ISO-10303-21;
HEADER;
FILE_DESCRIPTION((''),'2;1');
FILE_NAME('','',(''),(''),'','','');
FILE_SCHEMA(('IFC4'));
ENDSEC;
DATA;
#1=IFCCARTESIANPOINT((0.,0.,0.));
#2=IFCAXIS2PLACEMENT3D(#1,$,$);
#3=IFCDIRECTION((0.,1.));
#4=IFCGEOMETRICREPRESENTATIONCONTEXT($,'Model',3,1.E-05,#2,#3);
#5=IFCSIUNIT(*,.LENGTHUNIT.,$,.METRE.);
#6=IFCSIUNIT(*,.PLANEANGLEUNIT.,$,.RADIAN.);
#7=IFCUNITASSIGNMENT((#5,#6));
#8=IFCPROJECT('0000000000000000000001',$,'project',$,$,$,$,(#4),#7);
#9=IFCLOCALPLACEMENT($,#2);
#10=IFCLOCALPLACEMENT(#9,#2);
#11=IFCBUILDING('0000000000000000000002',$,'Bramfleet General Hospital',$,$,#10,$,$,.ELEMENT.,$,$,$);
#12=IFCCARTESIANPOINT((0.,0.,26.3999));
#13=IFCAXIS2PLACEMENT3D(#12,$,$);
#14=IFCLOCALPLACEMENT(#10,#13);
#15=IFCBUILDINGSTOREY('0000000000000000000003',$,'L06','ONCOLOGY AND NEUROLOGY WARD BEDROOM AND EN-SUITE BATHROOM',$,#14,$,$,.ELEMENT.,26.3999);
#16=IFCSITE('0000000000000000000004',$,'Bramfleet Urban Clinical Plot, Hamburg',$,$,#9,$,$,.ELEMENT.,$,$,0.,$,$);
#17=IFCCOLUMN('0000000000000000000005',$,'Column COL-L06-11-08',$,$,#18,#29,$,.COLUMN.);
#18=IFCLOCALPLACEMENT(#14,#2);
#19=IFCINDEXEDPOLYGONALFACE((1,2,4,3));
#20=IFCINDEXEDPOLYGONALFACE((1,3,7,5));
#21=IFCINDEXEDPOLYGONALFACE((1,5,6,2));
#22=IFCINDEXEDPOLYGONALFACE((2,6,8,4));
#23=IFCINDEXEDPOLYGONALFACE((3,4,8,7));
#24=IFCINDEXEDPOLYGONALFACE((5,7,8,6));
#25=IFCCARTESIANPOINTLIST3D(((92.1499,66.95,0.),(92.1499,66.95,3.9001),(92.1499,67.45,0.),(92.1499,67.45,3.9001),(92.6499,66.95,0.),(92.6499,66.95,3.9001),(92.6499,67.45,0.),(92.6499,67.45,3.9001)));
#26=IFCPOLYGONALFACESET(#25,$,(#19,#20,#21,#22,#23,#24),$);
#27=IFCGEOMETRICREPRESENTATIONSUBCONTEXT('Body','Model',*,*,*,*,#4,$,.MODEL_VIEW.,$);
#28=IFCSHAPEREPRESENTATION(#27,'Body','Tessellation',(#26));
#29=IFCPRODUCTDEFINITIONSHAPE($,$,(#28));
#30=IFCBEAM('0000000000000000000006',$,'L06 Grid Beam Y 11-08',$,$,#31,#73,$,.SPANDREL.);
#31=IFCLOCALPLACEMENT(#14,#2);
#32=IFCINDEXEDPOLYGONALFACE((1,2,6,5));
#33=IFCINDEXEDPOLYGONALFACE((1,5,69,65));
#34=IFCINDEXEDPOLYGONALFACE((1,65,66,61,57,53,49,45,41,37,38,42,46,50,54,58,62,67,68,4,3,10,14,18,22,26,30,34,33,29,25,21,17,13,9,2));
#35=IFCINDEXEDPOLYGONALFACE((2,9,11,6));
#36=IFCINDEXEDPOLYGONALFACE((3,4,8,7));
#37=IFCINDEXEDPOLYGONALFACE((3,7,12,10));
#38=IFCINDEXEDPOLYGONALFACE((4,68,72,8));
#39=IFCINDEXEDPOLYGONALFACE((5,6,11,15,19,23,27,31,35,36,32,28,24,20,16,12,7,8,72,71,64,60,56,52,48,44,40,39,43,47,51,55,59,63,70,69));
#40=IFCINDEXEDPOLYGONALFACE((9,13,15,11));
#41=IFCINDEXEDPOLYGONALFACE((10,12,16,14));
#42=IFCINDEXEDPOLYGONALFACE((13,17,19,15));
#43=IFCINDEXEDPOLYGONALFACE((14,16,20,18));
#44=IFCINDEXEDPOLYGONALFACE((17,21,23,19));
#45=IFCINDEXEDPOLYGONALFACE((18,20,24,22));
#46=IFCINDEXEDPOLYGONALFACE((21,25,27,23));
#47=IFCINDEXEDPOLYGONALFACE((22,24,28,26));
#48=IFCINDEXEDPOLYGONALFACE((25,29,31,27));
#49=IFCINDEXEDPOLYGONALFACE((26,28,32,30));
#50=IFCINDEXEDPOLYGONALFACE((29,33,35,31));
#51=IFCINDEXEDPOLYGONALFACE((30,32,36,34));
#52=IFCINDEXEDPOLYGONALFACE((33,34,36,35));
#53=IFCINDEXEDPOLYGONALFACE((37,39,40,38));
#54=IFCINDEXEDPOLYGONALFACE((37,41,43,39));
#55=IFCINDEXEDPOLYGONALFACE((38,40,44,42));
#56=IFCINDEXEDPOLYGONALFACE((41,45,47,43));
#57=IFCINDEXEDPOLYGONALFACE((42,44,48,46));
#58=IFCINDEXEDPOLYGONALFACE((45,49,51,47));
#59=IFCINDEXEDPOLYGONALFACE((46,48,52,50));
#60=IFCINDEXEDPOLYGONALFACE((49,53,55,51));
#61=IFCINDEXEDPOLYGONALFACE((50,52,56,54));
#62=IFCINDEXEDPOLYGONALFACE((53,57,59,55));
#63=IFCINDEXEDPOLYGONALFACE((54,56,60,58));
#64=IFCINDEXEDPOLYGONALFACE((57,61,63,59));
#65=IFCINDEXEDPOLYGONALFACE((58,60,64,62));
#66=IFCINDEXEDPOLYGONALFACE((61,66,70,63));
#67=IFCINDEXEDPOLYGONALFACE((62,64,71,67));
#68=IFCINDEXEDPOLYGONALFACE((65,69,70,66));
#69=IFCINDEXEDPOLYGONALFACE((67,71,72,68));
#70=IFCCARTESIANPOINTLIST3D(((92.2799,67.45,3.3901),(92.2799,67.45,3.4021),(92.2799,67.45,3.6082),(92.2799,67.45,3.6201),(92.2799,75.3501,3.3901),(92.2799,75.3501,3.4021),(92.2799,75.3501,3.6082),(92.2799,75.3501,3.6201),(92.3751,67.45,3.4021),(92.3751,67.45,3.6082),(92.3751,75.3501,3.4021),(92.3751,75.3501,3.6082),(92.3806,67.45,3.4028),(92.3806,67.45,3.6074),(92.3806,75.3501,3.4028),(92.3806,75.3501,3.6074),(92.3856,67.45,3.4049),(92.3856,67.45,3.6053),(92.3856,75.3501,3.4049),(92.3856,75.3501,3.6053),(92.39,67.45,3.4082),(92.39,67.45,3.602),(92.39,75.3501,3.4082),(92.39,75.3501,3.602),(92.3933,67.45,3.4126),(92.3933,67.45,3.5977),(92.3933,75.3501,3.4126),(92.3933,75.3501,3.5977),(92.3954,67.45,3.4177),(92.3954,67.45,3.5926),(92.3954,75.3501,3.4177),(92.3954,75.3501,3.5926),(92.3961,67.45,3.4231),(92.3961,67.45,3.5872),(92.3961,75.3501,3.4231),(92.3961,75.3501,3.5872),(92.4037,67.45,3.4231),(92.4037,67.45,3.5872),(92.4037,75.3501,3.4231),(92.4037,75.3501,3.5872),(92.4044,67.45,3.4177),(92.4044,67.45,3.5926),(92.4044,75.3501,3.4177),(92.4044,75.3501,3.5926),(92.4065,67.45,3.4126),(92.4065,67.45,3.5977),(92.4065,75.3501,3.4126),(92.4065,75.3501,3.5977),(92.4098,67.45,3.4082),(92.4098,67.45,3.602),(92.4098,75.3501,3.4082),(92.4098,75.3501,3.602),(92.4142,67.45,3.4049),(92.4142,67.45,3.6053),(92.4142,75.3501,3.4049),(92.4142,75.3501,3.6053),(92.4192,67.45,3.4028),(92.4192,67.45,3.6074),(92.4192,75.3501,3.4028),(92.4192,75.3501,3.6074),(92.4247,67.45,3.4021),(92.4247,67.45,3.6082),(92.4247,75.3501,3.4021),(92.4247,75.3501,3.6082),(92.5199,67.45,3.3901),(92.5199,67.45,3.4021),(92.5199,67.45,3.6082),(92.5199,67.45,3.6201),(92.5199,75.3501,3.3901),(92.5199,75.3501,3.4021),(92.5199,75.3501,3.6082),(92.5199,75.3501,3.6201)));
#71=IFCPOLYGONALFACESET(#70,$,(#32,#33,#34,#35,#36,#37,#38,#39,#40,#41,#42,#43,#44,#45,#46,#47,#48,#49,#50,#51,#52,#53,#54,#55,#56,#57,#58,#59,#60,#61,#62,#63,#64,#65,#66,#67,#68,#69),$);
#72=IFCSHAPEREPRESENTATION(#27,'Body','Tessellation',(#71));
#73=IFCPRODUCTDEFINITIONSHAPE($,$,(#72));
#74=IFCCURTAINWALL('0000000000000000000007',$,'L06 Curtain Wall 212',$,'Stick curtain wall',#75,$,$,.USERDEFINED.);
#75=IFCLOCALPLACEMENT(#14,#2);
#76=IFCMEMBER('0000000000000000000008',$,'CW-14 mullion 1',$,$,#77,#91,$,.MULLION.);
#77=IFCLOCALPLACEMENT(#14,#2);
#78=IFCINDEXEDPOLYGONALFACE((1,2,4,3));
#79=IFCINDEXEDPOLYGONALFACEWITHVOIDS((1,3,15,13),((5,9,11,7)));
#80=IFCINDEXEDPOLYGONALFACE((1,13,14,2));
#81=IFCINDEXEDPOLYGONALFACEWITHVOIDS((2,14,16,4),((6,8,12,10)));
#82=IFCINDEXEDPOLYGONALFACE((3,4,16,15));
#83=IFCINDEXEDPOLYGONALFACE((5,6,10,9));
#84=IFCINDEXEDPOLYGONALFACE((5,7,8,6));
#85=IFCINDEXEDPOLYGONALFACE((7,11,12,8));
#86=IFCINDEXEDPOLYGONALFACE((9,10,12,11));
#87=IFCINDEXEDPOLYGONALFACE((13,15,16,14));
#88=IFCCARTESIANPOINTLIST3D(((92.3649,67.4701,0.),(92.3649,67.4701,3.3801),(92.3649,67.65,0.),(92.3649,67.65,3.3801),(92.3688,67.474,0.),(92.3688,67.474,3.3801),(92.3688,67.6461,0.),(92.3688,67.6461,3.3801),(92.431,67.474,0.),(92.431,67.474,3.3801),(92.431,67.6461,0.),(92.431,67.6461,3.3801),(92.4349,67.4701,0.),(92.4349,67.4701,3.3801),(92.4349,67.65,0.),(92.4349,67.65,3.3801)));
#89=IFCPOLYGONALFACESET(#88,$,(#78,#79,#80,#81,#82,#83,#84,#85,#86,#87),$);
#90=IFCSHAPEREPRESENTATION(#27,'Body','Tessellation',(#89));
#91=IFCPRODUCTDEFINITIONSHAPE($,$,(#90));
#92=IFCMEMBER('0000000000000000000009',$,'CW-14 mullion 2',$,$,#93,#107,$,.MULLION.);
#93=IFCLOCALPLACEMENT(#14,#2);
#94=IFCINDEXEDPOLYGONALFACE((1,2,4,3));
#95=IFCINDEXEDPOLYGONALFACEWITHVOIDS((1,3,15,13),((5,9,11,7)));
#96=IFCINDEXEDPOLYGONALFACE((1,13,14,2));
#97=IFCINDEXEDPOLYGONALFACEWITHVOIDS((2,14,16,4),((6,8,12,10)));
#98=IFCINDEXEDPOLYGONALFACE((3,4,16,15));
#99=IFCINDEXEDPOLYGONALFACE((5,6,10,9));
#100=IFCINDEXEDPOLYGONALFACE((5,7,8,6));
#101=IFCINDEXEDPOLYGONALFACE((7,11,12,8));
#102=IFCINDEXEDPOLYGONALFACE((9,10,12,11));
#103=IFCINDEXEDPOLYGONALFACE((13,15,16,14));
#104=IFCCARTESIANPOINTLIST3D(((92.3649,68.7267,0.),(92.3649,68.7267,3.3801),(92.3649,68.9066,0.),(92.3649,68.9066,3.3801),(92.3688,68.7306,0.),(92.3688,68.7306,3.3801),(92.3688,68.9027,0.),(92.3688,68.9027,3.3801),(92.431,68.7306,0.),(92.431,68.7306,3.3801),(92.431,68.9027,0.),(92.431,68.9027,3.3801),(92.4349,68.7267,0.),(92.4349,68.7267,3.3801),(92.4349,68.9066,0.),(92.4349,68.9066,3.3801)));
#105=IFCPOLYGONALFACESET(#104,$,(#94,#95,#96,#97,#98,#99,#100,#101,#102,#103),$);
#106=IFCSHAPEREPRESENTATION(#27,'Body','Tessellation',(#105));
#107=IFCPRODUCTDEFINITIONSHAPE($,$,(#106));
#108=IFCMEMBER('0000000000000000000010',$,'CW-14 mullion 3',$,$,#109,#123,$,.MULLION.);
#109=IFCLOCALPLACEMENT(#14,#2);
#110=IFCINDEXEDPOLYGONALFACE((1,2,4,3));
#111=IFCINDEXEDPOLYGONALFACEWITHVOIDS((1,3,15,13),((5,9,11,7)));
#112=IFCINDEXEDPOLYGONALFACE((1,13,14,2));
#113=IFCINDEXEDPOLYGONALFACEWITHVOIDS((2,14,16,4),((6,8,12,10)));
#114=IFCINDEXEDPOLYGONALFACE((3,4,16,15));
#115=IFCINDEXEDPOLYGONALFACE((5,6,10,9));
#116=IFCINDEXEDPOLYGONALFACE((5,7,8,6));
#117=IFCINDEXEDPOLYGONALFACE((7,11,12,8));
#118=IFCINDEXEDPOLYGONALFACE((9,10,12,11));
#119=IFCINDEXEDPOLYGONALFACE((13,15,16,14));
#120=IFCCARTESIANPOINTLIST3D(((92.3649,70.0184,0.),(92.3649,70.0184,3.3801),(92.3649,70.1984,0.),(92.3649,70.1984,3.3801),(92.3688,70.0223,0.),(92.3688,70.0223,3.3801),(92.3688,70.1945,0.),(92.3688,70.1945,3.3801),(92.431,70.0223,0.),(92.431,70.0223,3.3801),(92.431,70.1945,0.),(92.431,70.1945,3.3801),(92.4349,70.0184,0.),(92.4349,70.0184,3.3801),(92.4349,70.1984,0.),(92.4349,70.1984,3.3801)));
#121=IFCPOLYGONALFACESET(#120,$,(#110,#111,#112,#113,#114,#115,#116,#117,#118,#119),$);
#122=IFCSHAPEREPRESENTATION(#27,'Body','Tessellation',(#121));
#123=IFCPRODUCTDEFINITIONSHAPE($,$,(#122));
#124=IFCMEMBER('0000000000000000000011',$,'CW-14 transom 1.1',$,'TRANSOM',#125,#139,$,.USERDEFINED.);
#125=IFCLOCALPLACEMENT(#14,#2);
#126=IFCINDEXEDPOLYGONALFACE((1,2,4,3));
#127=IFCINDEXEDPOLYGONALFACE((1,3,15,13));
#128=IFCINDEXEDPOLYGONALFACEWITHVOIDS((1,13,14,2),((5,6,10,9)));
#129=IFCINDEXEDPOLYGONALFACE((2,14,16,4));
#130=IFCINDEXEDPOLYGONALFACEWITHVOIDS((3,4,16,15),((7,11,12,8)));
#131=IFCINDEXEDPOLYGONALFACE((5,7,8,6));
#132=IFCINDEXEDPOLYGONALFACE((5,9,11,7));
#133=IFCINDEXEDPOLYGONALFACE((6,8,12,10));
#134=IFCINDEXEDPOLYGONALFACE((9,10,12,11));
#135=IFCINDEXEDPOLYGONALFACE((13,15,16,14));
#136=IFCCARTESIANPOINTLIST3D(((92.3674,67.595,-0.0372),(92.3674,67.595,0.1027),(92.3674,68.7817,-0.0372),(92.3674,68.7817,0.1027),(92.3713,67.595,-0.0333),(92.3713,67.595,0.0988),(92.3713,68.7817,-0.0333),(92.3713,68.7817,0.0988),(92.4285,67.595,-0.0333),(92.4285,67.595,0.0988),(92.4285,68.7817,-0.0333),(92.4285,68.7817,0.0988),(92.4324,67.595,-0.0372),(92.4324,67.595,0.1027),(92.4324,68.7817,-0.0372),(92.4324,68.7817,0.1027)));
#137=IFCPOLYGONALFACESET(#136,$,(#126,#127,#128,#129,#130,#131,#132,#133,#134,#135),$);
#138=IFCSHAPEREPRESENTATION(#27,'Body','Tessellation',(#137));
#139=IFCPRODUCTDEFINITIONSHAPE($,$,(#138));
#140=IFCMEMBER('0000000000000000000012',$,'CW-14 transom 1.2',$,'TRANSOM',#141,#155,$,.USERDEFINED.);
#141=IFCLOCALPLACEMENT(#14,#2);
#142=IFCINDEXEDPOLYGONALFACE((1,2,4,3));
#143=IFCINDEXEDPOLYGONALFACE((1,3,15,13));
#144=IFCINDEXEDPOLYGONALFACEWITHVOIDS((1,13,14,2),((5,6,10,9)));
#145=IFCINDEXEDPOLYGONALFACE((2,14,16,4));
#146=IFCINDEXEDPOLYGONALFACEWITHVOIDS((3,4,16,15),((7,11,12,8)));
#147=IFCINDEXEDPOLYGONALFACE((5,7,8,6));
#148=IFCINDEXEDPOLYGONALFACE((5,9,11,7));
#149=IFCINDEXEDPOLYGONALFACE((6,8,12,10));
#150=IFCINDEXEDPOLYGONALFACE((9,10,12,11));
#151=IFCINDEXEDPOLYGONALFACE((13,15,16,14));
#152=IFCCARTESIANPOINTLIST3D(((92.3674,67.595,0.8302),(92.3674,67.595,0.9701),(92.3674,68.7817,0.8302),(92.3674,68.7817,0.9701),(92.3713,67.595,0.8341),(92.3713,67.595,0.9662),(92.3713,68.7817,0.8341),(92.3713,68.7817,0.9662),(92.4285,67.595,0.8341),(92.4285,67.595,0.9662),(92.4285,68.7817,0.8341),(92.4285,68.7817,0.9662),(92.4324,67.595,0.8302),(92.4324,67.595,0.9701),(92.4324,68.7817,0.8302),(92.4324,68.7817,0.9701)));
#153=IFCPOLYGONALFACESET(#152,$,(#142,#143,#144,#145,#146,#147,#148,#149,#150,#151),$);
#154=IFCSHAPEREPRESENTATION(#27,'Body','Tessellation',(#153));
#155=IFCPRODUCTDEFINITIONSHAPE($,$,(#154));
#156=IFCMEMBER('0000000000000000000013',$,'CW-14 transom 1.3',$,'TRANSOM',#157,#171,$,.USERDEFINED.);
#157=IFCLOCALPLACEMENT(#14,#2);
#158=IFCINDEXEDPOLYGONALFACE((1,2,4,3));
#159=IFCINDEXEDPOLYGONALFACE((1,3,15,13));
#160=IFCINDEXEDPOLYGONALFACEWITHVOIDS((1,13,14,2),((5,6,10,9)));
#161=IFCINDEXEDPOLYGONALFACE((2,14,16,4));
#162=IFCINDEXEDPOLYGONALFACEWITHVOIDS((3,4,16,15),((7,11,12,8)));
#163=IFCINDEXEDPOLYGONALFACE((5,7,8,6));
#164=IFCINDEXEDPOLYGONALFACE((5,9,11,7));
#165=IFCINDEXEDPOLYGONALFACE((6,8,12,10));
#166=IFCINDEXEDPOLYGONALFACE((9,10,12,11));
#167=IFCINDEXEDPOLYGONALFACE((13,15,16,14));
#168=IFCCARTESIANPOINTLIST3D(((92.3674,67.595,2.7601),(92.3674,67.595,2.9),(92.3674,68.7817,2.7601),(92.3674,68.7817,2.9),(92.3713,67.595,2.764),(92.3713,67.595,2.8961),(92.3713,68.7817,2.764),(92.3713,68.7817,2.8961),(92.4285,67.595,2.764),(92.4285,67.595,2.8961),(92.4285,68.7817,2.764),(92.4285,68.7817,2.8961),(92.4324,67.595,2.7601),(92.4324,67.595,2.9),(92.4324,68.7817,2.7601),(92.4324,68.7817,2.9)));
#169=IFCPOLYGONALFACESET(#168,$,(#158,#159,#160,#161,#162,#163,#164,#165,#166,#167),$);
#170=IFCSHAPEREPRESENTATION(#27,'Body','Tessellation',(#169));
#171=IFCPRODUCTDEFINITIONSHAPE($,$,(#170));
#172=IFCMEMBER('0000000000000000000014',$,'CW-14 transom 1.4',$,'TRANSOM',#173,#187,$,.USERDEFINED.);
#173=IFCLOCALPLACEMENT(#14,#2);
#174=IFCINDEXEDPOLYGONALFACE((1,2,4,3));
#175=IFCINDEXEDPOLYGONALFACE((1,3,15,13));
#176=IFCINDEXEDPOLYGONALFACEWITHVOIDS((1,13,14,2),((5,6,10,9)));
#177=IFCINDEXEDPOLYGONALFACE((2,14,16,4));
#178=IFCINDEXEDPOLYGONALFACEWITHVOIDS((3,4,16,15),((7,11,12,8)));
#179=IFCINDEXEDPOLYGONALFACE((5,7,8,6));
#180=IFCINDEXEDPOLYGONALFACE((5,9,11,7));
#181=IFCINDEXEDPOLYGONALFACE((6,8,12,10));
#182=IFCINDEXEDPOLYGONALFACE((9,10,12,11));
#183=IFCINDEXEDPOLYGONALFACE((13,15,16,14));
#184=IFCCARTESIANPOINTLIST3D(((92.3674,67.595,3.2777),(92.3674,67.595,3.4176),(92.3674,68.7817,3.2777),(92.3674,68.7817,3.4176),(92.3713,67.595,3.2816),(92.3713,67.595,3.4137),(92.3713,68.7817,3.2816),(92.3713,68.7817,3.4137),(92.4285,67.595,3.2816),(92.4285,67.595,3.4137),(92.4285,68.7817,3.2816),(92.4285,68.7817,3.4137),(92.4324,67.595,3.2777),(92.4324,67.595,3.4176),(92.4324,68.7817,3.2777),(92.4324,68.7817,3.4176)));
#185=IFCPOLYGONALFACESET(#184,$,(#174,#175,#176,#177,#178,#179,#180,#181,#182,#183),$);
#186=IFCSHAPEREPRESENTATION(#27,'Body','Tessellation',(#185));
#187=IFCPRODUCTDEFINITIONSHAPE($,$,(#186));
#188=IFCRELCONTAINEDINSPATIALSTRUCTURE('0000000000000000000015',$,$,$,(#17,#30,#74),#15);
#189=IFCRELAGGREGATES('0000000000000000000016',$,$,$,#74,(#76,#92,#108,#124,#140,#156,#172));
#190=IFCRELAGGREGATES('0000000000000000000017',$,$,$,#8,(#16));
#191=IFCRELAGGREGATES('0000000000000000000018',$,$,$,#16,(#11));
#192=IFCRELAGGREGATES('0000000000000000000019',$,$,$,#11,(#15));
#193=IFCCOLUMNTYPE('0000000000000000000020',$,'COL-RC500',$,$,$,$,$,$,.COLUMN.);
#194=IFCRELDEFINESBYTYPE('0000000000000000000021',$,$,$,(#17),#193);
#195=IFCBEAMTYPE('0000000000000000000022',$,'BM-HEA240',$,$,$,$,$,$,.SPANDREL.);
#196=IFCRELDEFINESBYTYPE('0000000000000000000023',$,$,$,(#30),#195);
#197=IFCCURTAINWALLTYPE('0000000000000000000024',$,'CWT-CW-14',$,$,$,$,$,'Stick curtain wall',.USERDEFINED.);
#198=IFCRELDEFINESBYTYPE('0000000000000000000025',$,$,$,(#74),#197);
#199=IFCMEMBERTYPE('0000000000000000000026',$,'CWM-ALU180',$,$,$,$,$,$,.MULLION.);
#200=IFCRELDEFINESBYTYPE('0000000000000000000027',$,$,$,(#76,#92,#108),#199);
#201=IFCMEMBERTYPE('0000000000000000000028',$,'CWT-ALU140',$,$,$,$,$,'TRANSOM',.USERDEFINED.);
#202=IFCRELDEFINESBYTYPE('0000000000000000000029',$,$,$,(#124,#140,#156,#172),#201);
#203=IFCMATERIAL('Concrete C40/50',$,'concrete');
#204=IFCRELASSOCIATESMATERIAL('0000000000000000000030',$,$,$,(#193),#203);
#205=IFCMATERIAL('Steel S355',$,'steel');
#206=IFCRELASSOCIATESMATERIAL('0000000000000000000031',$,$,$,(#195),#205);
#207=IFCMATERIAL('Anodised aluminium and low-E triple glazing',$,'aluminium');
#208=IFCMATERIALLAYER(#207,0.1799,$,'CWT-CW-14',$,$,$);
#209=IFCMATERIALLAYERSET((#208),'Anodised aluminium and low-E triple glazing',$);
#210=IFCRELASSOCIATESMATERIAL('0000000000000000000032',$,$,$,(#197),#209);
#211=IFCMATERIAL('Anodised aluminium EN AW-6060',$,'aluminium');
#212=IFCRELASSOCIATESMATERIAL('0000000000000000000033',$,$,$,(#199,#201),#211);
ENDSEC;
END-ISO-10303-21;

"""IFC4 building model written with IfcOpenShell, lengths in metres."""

from ifc_helpers import new_model, si_unit, direction, frame, origin, origin_2d, place, context, subcontext, project, spatial, rectangle, hollow_rectangle, i_section, extrude, material, layer, layer_set, material_profile, profile_set, type_object, element, aggregate, save


model = new_model("IFC4")

# Units and contexts
model_context = context("Model", 3, precision=1e-05, world=origin(), true_north=direction((0.0, 1.0)))
body_context = subcontext(model_context, "Body", "Model", "MODEL_VIEW")
ifc_project = project(units=[si_unit("LENGTHUNIT", "METRE"), si_unit("PLANEANGLEUNIT", "RADIAN")], contexts=[model_context])

# Site, building, storey
site_placement = place(None, origin())
site = spatial("IfcSite", under=ifc_project, at=site_placement, Name="Bramfleet Urban Clinical Plot, Hamburg", CompositionType="ELEMENT", RefElevation=0.0)
building_placement = place(site_placement, origin())
building = spatial("IfcBuilding", under=site, at=building_placement, Name="Bramfleet General Hospital", CompositionType="ELEMENT")
storey_placement = place(building_placement, frame((0.0, 0.0, 26.3999)))
storey = spatial("IfcBuildingStorey", under=building, at=storey_placement, Name="L06", Description="ONCOLOGY AND NEUROLOGY WARD BEDROOM AND EN-SUITE BATHROOM", CompositionType="ELEMENT", Elevation=26.3999)

# Column
ifc_material_1 = material(Name="Concrete C40/50", Category="concrete")
ifc_material_profile_1 = material_profile(ifc_material_1, rectangle(XDim=0.5, YDim=0.5, at=origin_2d()), Name="RC COL 500x500")
ifc_profile_set_1 = profile_set([ifc_material_profile_1], Name="Concrete C40/50")
column_type = type_object("IfcColumnType", Name="COL-RC500", PredefinedType="COLUMN", material=ifc_profile_set_1)
column_placement = place(storey_placement, frame((92.3999, 67.2, 0.0), z_axis=(0.0, 0.0, 1.0), x_axis=(1.0, 0.0, 0.0)))
element("IfcColumn", 1, at=column_placement, inside=storey, type_object=column_type, Name="Column COL-L06-11-08", PredefinedType="COLUMN", context=body_context, shape_type="SweptSolid", body=[
    extrude(rectangle(XDim=0.5, YDim=0.5, at=origin_2d()), origin(), (0.0, 0.0, 1.0), 3.9001),
])

# Beam
ifc_material_2 = material(Name="Steel S355", Category="steel")
ifc_material_profile_2 = material_profile(ifc_material_2, i_section(OverallWidth=0.24, OverallDepth=0.23, WebThickness=0.0076, FlangeThickness=0.012, FilletRadius=0.021, at=origin_2d()), Name="HEA 240")
ifc_profile_set_2 = profile_set([ifc_material_profile_2], Name="Steel S355")
beam_type = type_object("IfcBeamType", Name="BM-HEA240", PredefinedType="SPANDREL", material=ifc_profile_set_2)
beam_placement = place(storey_placement, frame((92.3999, 67.45, 3.5051), z_axis=(0.0, 1.0, 0.0), x_axis=(-1.0, 0.0, 0.0)))
element("IfcBeam", 2, at=beam_placement, inside=storey, type_object=beam_type, Name="L06 Grid Beam Y 11-08", PredefinedType="SPANDREL", context=body_context, shape_type="SweptSolid", body=[
    extrude(i_section(OverallWidth=0.24, OverallDepth=0.23, WebThickness=0.0076, FlangeThickness=0.012, FilletRadius=0.021, at=origin_2d()), origin(), (0.0, 0.0, 1.0), 7.9001),
])

# Curtain wall, members
ifc_material_3 = material(Name="Anodised aluminium and low-E triple glazing", Category="aluminium")
ifc_layer_1 = layer(ifc_material_3, 0.1799, Name="CWT-CW-14")
ifc_layer_set_1 = layer_set([ifc_layer_1], Name="Anodised aluminium and low-E triple glazing")
curtain_wall_type = type_object("IfcCurtainWallType", Name="CWT-CW-14", ElementType="Stick curtain wall", PredefinedType="USERDEFINED", material=ifc_layer_set_1)
curtain_wall_placement = place(storey_placement, origin())
curtain_wall = element("IfcCurtainWall", 3, at=curtain_wall_placement, inside=storey, type_object=curtain_wall_type, Name="L06 Curtain Wall 212", ObjectType="Stick curtain wall", PredefinedType="USERDEFINED")
ifc_material_4 = material(Name="Anodised aluminium EN AW-6060", Category="aluminium")
ifc_material_profile_3 = material_profile(ifc_material_4, hollow_rectangle(XDim=0.0701, YDim=0.1799, WallThickness=0.0039, at=origin_2d()), Name="ALU 180x70x4.0")
ifc_profile_set_3 = profile_set([ifc_material_profile_3], Name="Anodised aluminium EN AW-6060")
member_type_1 = type_object("IfcMemberType", Name="CWM-ALU180", PredefinedType="MULLION", material=ifc_profile_set_3)
member_1_placement = place(storey_placement, frame((92.3999, 67.5601, 0.0), z_axis=(0.0, 0.0, 1.0), x_axis=(-1.0, 0.0, 0.0)))
member_1 = element("IfcMember", 4, at=member_1_placement, type_object=member_type_1, Name="CW-14 mullion 1", PredefinedType="MULLION", context=body_context, shape_type="SweptSolid", body=[
    extrude(hollow_rectangle(XDim=0.0701, YDim=0.1799, WallThickness=0.0039, at=origin_2d()), origin(), (0.0, 0.0, 1.0), 3.3801),
])
member_2_placement = place(storey_placement, frame((92.3999, 68.8167, 0.0), z_axis=(0.0, 0.0, 1.0), x_axis=(-1.0, 0.0, 0.0)))
member_2 = element("IfcMember", 5, at=member_2_placement, type_object=member_type_1, Name="CW-14 mullion 2", PredefinedType="MULLION", context=body_context, shape_type="SweptSolid", body=[
    extrude(hollow_rectangle(XDim=0.0701, YDim=0.1799, WallThickness=0.0039, at=origin_2d()), origin(), (0.0, 0.0, 1.0), 3.3801),
])
member_3_placement = place(storey_placement, frame((92.3999, 70.1084, 0.0), z_axis=(0.0, 0.0, 1.0), x_axis=(-1.0, 0.0, 0.0)))
member_3 = element("IfcMember", 6, at=member_3_placement, type_object=member_type_1, Name="CW-14 mullion 3", PredefinedType="MULLION", context=body_context, shape_type="SweptSolid", body=[
    extrude(hollow_rectangle(XDim=0.0701, YDim=0.1799, WallThickness=0.0039, at=origin_2d()), origin(), (0.0, 0.0, 1.0), 3.3801),
])
ifc_material_profile_4 = material_profile(ifc_material_4, hollow_rectangle(XDim=0.0649, YDim=0.1399, WallThickness=0.0039, at=origin_2d()), Name="ALU 140x65x4.0")
ifc_profile_set_4 = profile_set([ifc_material_profile_4], Name="Anodised aluminium EN AW-6060")
member_type_2 = type_object("IfcMemberType", Name="CWT-ALU140", ElementType="TRANSOM", PredefinedType="USERDEFINED", material=ifc_profile_set_4)
member_4_placement = place(storey_placement, frame((92.3999, 67.595, 0.0327), z_axis=(0.0, 1.0, 0.0), x_axis=(-1.0, 0.0, 0.0)))
member_4 = element("IfcMember", 7, at=member_4_placement, type_object=member_type_2, Name="CW-14 transom 1.1", ObjectType="TRANSOM", PredefinedType="USERDEFINED", context=body_context, shape_type="SweptSolid", body=[
    extrude(hollow_rectangle(XDim=0.0649, YDim=0.1399, WallThickness=0.0039, at=origin_2d()), origin(), (0.0, 0.0, 1.0), 1.1868),
])
member_5_placement = place(storey_placement, frame((92.3999, 67.595, 0.9001), z_axis=(0.0, 1.0, 0.0), x_axis=(-1.0, 0.0, 0.0)))
member_5 = element("IfcMember", 8, at=member_5_placement, type_object=member_type_2, Name="CW-14 transom 1.2", ObjectType="TRANSOM", PredefinedType="USERDEFINED", context=body_context, shape_type="SweptSolid", body=[
    extrude(hollow_rectangle(XDim=0.0649, YDim=0.1399, WallThickness=0.0039, at=origin_2d()), origin(), (0.0, 0.0, 1.0), 1.1868),
])
member_6_placement = place(storey_placement, frame((92.3999, 67.595, 2.8301), z_axis=(0.0, 1.0, 0.0), x_axis=(-1.0, 0.0, 0.0)))
member_6 = element("IfcMember", 9, at=member_6_placement, type_object=member_type_2, Name="CW-14 transom 1.3", ObjectType="TRANSOM", PredefinedType="USERDEFINED", context=body_context, shape_type="SweptSolid", body=[
    extrude(hollow_rectangle(XDim=0.0649, YDim=0.1399, WallThickness=0.0039, at=origin_2d()), origin(), (0.0, 0.0, 1.0), 1.1868),
])
member_7_placement = place(storey_placement, frame((92.3999, 67.595, 3.3477), z_axis=(0.0, 1.0, 0.0), x_axis=(-1.0, 0.0, 0.0)))
member_7 = element("IfcMember", 10, at=member_7_placement, type_object=member_type_2, Name="CW-14 transom 1.4", ObjectType="TRANSOM", PredefinedType="USERDEFINED", context=body_context, shape_type="SweptSolid", body=[
    extrude(hollow_rectangle(XDim=0.0649, YDim=0.1399, WallThickness=0.0039, at=origin_2d()), origin(), (0.0, 0.0, 1.0), 1.1868),
])
aggregate(curtain_wall, [member_1, member_2, member_3, member_4, member_5, member_6, member_7])

save(model, "model.ifc")
